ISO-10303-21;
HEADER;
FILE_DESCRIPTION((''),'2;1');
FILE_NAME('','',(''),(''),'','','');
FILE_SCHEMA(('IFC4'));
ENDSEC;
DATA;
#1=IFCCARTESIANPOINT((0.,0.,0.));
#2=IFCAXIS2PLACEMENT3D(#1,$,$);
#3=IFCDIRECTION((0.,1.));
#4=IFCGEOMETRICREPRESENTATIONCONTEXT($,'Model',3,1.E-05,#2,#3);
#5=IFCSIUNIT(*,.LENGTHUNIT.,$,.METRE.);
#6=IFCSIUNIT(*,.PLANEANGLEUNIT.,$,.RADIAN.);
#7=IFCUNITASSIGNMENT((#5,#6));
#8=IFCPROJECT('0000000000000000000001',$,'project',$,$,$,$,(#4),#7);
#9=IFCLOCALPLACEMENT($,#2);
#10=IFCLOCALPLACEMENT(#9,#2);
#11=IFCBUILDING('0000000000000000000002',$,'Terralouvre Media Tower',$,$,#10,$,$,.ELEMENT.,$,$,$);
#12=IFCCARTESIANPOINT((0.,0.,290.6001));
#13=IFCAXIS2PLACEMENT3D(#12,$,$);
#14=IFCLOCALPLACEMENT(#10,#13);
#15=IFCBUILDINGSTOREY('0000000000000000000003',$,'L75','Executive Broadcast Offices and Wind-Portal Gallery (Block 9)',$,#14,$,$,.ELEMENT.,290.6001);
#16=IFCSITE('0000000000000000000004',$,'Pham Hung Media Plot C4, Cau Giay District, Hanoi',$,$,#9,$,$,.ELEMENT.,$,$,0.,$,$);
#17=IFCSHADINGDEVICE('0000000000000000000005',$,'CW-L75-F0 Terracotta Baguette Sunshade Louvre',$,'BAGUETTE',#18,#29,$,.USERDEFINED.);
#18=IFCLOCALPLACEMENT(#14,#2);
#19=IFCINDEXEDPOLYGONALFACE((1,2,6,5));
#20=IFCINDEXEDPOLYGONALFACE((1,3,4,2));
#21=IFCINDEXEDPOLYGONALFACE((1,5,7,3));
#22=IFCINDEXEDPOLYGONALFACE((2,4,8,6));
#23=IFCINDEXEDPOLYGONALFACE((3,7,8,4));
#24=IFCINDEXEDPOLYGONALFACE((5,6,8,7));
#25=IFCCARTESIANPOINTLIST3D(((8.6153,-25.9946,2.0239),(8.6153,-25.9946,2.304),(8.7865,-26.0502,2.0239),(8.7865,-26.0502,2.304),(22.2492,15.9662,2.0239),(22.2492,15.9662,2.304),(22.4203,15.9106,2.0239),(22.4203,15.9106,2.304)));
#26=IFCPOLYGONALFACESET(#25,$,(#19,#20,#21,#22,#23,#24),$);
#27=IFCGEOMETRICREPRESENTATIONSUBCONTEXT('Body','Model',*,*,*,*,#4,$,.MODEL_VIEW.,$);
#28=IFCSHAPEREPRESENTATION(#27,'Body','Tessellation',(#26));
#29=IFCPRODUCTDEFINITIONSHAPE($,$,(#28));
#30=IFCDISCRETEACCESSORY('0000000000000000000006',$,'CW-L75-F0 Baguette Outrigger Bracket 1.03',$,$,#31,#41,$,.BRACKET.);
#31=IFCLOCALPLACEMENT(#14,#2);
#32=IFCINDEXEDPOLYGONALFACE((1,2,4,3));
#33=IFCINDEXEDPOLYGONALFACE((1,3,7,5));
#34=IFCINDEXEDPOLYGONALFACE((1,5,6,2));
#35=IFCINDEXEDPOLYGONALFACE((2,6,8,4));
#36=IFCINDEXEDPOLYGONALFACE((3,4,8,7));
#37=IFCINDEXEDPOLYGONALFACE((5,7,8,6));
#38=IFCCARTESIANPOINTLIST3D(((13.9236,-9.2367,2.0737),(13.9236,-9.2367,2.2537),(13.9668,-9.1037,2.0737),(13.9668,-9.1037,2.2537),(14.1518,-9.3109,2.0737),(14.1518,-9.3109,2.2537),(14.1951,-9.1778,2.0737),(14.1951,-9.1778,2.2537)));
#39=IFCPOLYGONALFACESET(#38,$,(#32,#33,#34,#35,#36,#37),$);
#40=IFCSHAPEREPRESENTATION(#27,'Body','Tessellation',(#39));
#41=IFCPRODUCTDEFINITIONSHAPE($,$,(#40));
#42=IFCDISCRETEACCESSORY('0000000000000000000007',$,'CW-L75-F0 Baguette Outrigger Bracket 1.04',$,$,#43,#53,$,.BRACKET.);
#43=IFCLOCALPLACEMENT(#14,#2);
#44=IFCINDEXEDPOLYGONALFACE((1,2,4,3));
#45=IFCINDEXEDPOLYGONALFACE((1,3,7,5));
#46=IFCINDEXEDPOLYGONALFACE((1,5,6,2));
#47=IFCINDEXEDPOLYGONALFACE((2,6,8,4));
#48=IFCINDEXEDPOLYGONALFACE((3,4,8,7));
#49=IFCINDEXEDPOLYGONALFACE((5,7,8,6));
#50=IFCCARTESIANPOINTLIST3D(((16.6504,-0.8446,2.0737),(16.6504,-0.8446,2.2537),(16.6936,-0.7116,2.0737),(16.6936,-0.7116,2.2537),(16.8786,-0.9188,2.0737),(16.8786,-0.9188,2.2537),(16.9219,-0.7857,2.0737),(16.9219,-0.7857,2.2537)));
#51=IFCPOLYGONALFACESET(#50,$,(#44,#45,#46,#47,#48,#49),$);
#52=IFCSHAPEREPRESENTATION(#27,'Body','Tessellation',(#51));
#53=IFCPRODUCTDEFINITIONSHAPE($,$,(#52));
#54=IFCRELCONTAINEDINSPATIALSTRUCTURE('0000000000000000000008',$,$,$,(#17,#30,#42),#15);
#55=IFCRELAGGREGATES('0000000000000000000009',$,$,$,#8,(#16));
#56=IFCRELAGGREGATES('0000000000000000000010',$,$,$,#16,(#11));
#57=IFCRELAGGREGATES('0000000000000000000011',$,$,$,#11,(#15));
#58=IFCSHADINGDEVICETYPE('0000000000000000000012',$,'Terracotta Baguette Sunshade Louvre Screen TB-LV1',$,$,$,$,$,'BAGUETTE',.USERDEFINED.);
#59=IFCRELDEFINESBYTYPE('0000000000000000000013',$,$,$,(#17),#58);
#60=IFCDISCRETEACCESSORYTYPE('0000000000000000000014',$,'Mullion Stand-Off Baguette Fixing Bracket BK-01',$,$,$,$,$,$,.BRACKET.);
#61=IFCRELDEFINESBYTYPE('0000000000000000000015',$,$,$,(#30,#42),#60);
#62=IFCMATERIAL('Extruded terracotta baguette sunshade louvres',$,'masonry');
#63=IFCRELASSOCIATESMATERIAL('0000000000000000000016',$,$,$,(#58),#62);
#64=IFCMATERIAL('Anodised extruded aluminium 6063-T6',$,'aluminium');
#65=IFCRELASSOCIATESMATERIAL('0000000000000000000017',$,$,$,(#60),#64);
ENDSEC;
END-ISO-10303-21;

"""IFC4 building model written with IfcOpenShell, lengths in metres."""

from ifc_helpers import new_model, si_unit, direction, frame, origin, origin_2d, place, context, subcontext, project, spatial, rectangle, extrude, material, type_object, element, save


model = new_model("IFC4")

# Units and contexts
model_context = context("Model", 3, precision=1e-05, world=origin(), true_north=direction((0.0, 1.0)))
body_context = subcontext(model_context, "Body", "Model", "MODEL_VIEW")
ifc_project = project(units=[si_unit("LENGTHUNIT", "METRE"), si_unit("PLANEANGLEUNIT", "RADIAN")], contexts=[model_context])

# Site, building, storey
site_placement = place(None, origin())
site = spatial("IfcSite", under=ifc_project, at=site_placement, Name="Pham Hung Media Plot C4, Cau Giay District, Hanoi", CompositionType="ELEMENT", RefElevation=0.0)
building_placement = place(site_placement, origin())
building = spatial("IfcBuilding", under=site, at=building_placement, Name="Terralouvre Media Tower", CompositionType="ELEMENT")
storey_placement = place(building_placement, frame((0.0, 0.0, 290.6001)))
storey = spatial("IfcBuildingStorey", under=building, at=storey_placement, Name="L75", Description="Executive Broadcast Offices and Wind-Portal Gallery (Block 9)", CompositionType="ELEMENT", Elevation=290.6001)

# Shading device
ifc_material_1 = material(Name="Extruded terracotta baguette sunshade louvres", Category="masonry")
shading_device_type = type_object("IfcShadingDeviceType", Name="Terracotta Baguette Sunshade Louvre Screen TB-LV1", ElementType="BAGUETTE", PredefinedType="USERDEFINED", material=ifc_material_1)
shading_device_placement = place(storey_placement, frame((15.5178, -5.042, 2.0239), z_axis=(0.0, 0.0, 1.0), x_axis=(0.309017, 0.951057, 0.0)))
element("IfcShadingDevice", 1, at=shading_device_placement, inside=storey, type_object=shading_device_type, Name="CW-L75-F0 Terracotta Baguette Sunshade Louvre", ObjectType="BAGUETTE", PredefinedType="USERDEFINED", context=body_context, shape_type="SweptSolid", body=[
    extrude(rectangle(XDim=44.1201, YDim=0.1799, at=origin_2d()), origin(), (0.0, 0.0, 1.0), 0.28),
])

# Discrete accessories
ifc_material_2 = material(Name="Anodised extruded aluminium 6063-T6", Category="aluminium")
discrete_accessory_type = type_object("IfcDiscreteAccessoryType", Name="Mullion Stand-Off Baguette Fixing Bracket BK-01", PredefinedType="BRACKET", material=ifc_material_2)
for number, where, z_axis, x_axis, name in (
    (2, (14.0593, -9.2073, 2.0737), (0.0, 0.0, 1.0), (0.309017, 0.951057, 0.0), "CW-L75-F0 Baguette Outrigger Bracket 1.03"),
    (3, (16.7861, -0.8152, 2.0737), (0.0, 0.0, 1.0), (0.309017, 0.951057, 0.0), "CW-L75-F0 Baguette Outrigger Bracket 1.04"),
):
    element("IfcDiscreteAccessory", number, at=place(storey_placement, frame(where, z_axis=z_axis, x_axis=x_axis)), inside=storey, type_object=discrete_accessory_type, Name=name, PredefinedType="BRACKET", context=body_context, shape_type="SweptSolid", body=[
        extrude(rectangle(XDim=0.1399, YDim=0.24, at=origin_2d()), origin(), (0.0, 0.0, 1.0), 0.1799),
    ])

save(model, "model.ifc")
